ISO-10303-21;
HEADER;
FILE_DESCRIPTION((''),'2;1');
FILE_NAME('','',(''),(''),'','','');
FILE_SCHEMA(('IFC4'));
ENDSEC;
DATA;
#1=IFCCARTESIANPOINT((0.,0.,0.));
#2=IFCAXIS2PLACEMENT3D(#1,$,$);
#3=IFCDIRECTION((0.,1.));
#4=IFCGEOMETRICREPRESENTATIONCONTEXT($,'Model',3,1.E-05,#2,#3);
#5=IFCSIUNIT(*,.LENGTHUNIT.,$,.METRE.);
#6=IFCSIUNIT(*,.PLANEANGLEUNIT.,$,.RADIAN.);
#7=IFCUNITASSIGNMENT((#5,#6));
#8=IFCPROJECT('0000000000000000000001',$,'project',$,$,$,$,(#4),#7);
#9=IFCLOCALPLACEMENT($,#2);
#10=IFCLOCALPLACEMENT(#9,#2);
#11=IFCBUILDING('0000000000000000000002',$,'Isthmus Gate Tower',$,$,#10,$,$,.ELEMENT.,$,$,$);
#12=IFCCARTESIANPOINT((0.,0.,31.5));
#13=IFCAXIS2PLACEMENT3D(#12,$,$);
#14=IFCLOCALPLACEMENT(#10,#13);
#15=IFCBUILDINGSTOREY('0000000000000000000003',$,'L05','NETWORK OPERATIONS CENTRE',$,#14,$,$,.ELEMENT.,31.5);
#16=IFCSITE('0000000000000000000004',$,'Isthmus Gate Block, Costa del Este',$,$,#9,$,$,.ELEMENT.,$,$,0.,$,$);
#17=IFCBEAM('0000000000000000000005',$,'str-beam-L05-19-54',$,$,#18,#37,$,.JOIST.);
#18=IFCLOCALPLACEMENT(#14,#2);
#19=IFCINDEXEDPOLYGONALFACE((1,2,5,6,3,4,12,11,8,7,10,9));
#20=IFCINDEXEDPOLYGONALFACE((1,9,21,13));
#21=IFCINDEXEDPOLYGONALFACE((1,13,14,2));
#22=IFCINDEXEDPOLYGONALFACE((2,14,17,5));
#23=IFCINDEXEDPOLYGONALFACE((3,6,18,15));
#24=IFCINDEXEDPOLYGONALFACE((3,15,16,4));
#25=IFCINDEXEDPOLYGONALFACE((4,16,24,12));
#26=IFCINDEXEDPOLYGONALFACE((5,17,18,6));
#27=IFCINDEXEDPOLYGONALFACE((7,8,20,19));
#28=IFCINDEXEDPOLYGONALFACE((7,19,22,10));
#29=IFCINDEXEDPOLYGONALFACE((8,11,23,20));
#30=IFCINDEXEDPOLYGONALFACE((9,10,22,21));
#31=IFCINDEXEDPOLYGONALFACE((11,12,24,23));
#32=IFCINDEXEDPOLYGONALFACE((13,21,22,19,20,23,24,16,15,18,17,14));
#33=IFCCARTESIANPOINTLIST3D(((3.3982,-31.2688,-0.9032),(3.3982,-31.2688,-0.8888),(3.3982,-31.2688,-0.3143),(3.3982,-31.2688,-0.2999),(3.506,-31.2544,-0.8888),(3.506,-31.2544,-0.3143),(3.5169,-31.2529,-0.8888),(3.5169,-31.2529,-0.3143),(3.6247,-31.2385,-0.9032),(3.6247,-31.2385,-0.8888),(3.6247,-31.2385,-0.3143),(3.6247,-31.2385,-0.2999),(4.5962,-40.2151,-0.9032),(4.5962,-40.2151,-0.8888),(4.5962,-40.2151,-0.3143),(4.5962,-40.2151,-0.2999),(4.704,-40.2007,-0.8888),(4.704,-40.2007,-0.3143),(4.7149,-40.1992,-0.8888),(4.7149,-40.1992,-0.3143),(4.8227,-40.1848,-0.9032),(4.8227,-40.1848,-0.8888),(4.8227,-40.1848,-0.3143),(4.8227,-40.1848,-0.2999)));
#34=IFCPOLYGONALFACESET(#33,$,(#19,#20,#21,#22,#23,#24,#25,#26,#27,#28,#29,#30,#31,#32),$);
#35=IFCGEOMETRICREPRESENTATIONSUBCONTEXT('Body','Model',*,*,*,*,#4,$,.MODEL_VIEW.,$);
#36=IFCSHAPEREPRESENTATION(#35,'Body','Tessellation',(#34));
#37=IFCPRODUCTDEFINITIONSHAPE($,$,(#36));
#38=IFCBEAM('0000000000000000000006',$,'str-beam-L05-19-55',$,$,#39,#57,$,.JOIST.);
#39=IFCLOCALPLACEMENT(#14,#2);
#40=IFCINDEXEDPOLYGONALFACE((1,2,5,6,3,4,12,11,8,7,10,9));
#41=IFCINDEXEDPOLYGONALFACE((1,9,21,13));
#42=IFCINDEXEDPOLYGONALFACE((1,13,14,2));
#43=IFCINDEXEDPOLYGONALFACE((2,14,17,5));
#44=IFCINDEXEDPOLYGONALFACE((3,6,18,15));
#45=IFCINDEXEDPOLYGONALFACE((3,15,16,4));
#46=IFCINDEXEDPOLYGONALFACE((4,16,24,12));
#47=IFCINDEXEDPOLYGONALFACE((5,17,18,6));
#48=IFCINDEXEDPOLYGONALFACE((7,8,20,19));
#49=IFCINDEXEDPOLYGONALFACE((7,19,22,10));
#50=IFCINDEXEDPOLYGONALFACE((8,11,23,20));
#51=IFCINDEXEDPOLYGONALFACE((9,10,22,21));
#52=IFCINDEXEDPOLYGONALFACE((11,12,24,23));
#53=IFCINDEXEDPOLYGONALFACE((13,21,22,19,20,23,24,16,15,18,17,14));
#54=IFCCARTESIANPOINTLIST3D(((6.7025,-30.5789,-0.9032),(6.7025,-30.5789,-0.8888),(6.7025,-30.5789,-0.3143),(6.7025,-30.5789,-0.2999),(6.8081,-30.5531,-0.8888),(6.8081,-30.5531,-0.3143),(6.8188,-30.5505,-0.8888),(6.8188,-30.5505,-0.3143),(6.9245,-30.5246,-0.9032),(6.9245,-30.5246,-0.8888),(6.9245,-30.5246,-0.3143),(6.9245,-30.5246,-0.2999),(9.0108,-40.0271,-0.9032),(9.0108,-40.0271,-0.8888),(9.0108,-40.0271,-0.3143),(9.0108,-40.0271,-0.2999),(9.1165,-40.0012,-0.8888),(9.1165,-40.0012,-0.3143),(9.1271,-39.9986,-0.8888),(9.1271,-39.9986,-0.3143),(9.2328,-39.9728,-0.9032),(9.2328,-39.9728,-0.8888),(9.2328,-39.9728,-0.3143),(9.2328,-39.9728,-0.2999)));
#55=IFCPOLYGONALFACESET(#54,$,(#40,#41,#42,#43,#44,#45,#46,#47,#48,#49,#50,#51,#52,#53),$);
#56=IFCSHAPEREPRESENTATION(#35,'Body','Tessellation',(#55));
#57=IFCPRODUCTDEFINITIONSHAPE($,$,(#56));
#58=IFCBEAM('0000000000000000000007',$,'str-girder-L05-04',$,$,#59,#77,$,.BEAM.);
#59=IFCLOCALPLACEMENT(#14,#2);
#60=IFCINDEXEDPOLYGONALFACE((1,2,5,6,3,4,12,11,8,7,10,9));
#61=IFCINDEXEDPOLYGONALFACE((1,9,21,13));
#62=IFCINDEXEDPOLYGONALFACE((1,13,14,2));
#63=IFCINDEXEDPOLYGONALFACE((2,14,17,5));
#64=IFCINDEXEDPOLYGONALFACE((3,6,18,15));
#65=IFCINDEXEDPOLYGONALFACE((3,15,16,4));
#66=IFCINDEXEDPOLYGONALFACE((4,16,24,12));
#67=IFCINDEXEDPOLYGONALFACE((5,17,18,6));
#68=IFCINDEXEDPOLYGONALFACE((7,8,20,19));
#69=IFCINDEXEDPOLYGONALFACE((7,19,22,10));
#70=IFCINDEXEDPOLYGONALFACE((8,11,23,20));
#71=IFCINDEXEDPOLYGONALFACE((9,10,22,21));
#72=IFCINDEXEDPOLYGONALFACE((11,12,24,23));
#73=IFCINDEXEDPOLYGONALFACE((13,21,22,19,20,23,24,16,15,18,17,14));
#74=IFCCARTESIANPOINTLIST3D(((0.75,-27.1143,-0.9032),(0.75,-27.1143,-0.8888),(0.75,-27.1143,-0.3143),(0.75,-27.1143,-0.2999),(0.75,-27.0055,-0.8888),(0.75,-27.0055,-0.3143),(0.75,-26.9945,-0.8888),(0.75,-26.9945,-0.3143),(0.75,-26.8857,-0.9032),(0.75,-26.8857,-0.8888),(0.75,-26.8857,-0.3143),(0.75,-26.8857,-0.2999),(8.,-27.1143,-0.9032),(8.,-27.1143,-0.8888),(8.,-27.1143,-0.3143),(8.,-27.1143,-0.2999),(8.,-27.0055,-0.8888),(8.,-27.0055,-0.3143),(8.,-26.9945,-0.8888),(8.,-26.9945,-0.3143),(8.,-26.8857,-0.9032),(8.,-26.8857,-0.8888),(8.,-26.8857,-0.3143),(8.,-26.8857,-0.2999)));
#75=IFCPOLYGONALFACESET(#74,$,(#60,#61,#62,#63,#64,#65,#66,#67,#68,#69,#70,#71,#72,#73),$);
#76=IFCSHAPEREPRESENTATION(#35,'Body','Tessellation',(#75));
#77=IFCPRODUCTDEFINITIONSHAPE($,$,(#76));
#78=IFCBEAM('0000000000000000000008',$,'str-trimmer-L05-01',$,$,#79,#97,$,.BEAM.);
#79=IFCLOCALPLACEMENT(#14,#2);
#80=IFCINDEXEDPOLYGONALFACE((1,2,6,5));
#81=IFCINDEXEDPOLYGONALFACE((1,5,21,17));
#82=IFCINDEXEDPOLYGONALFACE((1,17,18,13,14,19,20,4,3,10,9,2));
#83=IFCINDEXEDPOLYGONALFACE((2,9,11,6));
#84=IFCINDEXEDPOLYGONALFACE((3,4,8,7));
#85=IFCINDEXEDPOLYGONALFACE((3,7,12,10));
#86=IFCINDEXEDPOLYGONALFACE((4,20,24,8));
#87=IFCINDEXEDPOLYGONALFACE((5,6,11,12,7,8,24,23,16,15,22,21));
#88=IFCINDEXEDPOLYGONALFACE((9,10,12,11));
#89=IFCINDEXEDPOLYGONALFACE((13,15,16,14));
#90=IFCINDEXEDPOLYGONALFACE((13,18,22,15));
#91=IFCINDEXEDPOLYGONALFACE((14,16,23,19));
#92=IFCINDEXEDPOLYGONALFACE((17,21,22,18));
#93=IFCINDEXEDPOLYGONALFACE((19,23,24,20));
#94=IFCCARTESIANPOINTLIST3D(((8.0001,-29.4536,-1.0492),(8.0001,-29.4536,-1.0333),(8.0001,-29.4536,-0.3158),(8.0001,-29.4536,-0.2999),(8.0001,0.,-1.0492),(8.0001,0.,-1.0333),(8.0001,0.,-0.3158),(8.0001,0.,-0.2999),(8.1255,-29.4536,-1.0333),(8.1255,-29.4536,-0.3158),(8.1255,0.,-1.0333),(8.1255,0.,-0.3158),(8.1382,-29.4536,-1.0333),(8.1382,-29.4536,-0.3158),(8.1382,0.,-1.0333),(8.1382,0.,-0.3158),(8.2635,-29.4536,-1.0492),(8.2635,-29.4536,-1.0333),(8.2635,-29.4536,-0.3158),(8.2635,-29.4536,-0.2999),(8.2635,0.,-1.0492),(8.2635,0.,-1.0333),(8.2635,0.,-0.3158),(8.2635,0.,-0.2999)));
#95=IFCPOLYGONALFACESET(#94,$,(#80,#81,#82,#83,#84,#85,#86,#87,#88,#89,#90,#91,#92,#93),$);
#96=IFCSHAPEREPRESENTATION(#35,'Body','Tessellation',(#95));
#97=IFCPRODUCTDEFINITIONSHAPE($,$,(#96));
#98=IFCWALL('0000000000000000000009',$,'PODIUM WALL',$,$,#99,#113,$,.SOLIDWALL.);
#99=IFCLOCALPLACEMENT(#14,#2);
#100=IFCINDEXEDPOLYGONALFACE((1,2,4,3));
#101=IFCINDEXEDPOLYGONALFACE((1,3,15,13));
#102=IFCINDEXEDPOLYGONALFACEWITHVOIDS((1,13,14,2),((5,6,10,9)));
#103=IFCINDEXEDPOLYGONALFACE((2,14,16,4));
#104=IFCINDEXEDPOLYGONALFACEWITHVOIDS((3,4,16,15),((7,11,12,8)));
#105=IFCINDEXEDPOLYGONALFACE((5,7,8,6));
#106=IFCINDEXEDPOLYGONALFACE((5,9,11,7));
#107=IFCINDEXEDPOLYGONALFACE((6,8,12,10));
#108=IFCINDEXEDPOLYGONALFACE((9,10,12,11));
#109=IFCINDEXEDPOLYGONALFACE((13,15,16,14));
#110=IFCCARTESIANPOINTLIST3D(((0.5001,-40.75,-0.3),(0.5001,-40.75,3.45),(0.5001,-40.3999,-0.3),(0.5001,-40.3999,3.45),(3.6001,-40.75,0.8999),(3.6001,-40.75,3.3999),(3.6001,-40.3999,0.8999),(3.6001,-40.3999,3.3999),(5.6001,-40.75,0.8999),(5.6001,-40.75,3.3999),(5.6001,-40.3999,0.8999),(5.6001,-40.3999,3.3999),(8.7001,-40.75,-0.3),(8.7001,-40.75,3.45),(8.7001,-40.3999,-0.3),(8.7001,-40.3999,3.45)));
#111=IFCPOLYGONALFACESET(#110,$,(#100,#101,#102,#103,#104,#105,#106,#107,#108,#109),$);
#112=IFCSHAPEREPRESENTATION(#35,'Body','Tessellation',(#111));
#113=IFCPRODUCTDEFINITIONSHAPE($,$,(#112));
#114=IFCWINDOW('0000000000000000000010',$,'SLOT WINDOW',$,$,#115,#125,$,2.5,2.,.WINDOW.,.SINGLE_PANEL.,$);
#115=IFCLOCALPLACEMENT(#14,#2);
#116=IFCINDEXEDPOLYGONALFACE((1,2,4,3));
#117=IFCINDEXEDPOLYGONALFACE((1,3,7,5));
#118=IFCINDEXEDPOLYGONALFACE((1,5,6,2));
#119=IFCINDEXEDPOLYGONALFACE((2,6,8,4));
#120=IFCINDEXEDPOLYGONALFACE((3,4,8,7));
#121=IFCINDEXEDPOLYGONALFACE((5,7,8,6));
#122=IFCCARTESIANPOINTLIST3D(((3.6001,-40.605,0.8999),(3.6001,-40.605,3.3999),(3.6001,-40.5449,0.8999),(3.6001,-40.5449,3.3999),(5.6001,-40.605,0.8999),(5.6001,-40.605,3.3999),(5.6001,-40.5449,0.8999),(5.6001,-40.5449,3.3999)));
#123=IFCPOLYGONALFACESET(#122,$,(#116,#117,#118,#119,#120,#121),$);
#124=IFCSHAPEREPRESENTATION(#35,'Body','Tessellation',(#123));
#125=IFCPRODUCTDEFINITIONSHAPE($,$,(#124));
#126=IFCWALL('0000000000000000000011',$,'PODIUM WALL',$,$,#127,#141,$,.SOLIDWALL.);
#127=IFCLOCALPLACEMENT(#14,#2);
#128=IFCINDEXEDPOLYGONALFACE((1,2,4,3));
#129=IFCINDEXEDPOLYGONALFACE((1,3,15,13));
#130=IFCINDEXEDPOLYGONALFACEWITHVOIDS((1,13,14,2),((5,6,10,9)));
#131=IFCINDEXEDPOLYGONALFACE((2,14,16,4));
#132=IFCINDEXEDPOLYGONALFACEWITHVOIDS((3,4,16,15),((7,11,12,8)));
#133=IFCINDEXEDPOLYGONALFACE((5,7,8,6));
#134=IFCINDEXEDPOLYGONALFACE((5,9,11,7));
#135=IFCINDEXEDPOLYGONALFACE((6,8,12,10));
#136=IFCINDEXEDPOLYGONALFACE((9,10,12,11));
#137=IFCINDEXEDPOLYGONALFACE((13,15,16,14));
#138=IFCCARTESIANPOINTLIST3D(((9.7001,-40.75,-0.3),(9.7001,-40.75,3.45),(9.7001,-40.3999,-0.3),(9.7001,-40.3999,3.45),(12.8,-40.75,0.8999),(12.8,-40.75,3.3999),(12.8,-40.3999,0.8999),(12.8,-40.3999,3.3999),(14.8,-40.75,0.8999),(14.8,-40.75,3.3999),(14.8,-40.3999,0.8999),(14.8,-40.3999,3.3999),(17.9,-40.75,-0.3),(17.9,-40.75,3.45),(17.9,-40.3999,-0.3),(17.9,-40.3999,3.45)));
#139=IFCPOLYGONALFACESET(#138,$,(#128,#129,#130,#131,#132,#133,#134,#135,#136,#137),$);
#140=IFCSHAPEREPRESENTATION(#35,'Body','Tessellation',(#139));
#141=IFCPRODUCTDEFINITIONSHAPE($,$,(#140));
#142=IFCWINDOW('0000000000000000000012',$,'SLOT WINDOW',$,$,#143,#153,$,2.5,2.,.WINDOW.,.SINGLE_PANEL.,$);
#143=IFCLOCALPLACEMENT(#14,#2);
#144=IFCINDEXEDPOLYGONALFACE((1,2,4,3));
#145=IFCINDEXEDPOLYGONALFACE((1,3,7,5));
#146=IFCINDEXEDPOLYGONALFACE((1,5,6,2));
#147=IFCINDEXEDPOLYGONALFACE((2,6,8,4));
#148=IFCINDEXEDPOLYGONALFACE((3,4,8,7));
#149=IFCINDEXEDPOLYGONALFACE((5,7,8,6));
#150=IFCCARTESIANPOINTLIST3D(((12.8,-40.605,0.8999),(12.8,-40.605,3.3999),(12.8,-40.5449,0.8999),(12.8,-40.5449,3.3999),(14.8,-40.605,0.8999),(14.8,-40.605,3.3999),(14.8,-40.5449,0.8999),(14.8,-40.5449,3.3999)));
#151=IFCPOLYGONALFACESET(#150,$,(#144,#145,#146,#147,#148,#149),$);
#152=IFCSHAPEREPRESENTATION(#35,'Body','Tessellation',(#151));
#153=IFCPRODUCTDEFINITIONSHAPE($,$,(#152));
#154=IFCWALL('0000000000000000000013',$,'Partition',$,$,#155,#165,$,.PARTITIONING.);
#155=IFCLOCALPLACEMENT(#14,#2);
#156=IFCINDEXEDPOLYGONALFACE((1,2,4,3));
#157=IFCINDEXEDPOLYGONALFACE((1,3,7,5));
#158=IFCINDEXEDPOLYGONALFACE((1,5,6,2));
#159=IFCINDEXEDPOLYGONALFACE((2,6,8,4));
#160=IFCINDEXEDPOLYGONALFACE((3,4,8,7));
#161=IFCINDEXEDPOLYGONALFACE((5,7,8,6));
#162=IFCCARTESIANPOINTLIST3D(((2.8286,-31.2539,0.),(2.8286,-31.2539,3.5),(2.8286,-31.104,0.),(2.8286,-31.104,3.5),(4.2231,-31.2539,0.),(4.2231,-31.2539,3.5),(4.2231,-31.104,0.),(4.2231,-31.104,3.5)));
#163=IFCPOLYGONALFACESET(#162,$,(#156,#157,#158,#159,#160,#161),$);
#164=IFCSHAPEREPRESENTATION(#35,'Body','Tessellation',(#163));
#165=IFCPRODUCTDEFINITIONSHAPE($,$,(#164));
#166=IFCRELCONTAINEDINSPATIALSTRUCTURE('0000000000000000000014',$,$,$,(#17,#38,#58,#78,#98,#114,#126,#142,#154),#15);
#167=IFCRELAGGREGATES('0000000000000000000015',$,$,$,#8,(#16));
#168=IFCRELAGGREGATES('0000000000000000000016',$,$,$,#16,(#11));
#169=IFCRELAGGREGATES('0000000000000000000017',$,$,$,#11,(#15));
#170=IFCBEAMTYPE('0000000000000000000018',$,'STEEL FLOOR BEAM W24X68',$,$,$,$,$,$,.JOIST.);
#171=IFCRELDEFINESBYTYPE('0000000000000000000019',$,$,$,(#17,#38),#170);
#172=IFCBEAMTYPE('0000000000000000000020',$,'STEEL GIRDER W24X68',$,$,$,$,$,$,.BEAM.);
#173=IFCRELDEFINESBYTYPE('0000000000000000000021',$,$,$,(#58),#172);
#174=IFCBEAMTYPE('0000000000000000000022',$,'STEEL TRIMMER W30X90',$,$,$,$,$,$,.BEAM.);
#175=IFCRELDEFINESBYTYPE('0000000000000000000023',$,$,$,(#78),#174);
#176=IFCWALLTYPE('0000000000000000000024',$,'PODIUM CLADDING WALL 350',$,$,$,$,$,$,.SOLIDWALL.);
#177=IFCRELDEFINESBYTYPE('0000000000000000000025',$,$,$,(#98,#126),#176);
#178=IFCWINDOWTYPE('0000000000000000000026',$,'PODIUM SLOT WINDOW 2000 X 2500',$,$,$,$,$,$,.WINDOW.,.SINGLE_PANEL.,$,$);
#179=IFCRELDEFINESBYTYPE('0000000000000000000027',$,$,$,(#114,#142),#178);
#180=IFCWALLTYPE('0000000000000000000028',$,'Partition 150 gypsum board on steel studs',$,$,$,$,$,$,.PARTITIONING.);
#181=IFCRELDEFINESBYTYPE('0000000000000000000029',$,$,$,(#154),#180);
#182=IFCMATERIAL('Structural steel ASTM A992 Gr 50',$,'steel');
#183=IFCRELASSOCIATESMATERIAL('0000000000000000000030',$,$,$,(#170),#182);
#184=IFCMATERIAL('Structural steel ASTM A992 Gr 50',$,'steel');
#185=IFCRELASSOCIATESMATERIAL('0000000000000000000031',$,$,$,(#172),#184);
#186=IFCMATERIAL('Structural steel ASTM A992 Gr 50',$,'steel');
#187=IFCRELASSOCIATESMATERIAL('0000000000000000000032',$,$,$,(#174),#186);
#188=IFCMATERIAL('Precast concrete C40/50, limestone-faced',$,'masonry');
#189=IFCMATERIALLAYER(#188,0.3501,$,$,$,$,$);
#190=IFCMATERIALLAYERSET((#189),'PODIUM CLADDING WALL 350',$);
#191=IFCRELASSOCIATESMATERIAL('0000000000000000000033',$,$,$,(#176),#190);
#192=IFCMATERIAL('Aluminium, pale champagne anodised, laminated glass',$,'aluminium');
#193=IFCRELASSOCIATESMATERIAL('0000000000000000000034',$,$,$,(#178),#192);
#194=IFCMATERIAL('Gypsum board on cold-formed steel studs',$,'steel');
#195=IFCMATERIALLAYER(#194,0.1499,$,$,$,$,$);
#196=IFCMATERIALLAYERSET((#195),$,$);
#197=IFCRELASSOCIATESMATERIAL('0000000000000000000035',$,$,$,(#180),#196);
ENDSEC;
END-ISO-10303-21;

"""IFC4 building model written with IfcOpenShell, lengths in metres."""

from ifc_helpers import new_model, si_unit, direction, frame, frame_2d, origin, origin_2d, place, context, subcontext, project, spatial, rectangle, i_section, extrude, material, layer, layer_set, material_profile, profile_set, type_object, element, fill, save


model = new_model("IFC4")

# Units and contexts
model_context = context("Model", 3, precision=1e-05, world=origin(), true_north=direction((0.0, 1.0)))
body_context = subcontext(model_context, "Body", "Model", "MODEL_VIEW")
ifc_project = project(units=[si_unit("LENGTHUNIT", "METRE"), si_unit("PLANEANGLEUNIT", "RADIAN")], contexts=[model_context])

# Site, building, storey
site_placement = place(None, origin())
site = spatial("IfcSite", under=ifc_project, at=site_placement, Name="Isthmus Gate Block, Costa del Este", CompositionType="ELEMENT", RefElevation=0.0)
building_placement = place(site_placement, origin())
building = spatial("IfcBuilding", under=site, at=building_placement, Name="Isthmus Gate Tower", CompositionType="ELEMENT")
storey_placement = place(building_placement, frame((0.0, 0.0, 31.5)))
storey = spatial("IfcBuildingStorey", under=building, at=storey_placement, Name="L05", Description="NETWORK OPERATIONS CENTRE", CompositionType="ELEMENT", Elevation=31.5)

# Beams
ifc_material_1 = material(Name="Structural steel ASTM A992 Gr 50", Category="steel")
ifc_material_profile_1 = material_profile(ifc_material_1, i_section(OverallWidth=0.2285, OverallDepth=0.6033, WebThickness=0.011, FlangeThickness=0.0144, at=origin_2d()), Name="W24X68")
ifc_profile_set_1 = profile_set([ifc_material_profile_1], Name="Structural steel ASTM A992 Gr 50")
beam_type_1 = type_object("IfcBeamType", Name="STEEL FLOOR BEAM W24X68", PredefinedType="JOIST", material=ifc_profile_set_1)
beam_1_placement = place(storey_placement, frame((3.5115, -31.2537, -0.6016), z_axis=(0.132725, -0.991153, 0.0), x_axis=(0.991153, 0.132725, 0.0)))
element("IfcBeam", 1, at=beam_1_placement, inside=storey, type_object=beam_type_1, Name="str-beam-L05-19-54", PredefinedType="JOIST", context=body_context, shape_type="SweptSolid", body=[
    extrude(i_section(OverallWidth=0.2285, OverallDepth=0.6033, WebThickness=0.011, FlangeThickness=0.0144, at=origin_2d()), origin(), (0.0, 0.0, 1.0), 9.0261),
])
beam_2_placement = place(storey_placement, frame((6.8135, -30.5518, -0.6016), z_axis=(0.237335, -0.971428, 0.0), x_axis=(0.971428, 0.237335, 0.0)))
element("IfcBeam", 2, at=beam_2_placement, inside=storey, type_object=beam_type_1, Name="str-beam-L05-19-55", PredefinedType="JOIST", context=body_context, shape_type="SweptSolid", body=[
    extrude(i_section(OverallWidth=0.2285, OverallDepth=0.6033, WebThickness=0.011, FlangeThickness=0.0144, at=origin_2d()), origin(), (0.0, 0.0, 1.0), 9.7261),
])
ifc_material_2 = material(Name="Structural steel ASTM A992 Gr 50", Category="steel")
ifc_material_profile_2 = material_profile(ifc_material_2, i_section(OverallWidth=0.2285, OverallDepth=0.6033, WebThickness=0.011, FlangeThickness=0.0144, at=origin_2d()), Name="W24X68")
ifc_profile_set_2 = profile_set([ifc_material_profile_2], Name="Structural steel ASTM A992 Gr 50")
beam_type_2 = type_object("IfcBeamType", Name="STEEL GIRDER W24X68", PredefinedType="BEAM", material=ifc_profile_set_2)
beam_3_placement = place(storey_placement, frame((0.75, -27.0, -0.6016), z_axis=(1.0, 0.0, 0.0), x_axis=(0.0, 1.0, 0.0)))
element("IfcBeam", 3, at=beam_3_placement, inside=storey, type_object=beam_type_2, Name="str-girder-L05-04", PredefinedType="BEAM", context=body_context, shape_type="SweptSolid", body=[
    extrude(i_section(OverallWidth=0.2285, OverallDepth=0.6033, WebThickness=0.011, FlangeThickness=0.0144, at=origin_2d()), origin(), (0.0, 0.0, 1.0), 7.25),
])
ifc_material_3 = material(Name="Structural steel ASTM A992 Gr 50", Category="steel")
ifc_material_profile_3 = material_profile(ifc_material_3, i_section(OverallWidth=0.2634, OverallDepth=0.7493, WebThickness=0.0127, FlangeThickness=0.0159, at=origin_2d()), Name="W30X90")
ifc_profile_set_3 = profile_set([ifc_material_profile_3], Name="Structural steel ASTM A992 Gr 50")
beam_type_3 = type_object("IfcBeamType", Name="STEEL TRIMMER W30X90", PredefinedType="BEAM", material=ifc_profile_set_3)
beam_4_placement = place(storey_placement, frame((8.1318, -29.4536, -0.6746), z_axis=(0.0, 1.0, 0.0), x_axis=(-1.0, 0.0, 0.0)))
element("IfcBeam", 4, at=beam_4_placement, inside=storey, type_object=beam_type_3, Name="str-trimmer-L05-01", PredefinedType="BEAM", context=body_context, shape_type="SweptSolid", body=[
    extrude(i_section(OverallWidth=0.2634, OverallDepth=0.7493, WebThickness=0.0127, FlangeThickness=0.0159, at=origin_2d()), origin(), (0.0, 0.0, 1.0), 29.4536),
])

# Walls, openings, windows
ifc_material_4 = material(Name="Precast concrete C40/50, limestone-faced", Category="masonry")
ifc_layer_1 = layer(ifc_material_4, 0.3501)
ifc_layer_set_1 = layer_set([ifc_layer_1], Name="PODIUM CLADDING WALL 350")
wall_type_1 = type_object("IfcWallType", Name="PODIUM CLADDING WALL 350", PredefinedType="SOLIDWALL", material=ifc_layer_set_1)
wall_1_placement = place(storey_placement, frame((0.5, -40.575, -0.3), z_axis=(0.0, 0.0, 1.0), x_axis=(1.0, 0.0, 0.0)))
wall_1 = element("IfcWall", 5, at=wall_1_placement, inside=storey, type_object=wall_type_1, Name="PODIUM WALL", PredefinedType="SOLIDWALL", context=body_context, shape_type="SweptSolid", body=[
    extrude(rectangle(XDim=8.2, YDim=0.3501, at=frame_2d((4.1001, 0.0))), origin(), (0.0, 0.0, 1.0), 3.75),
])
opening_1_placement = place(wall_1_placement, frame((3.1001, 0.0, 1.2)))
opening_1 = element("IfcOpeningElement", 6, at=opening_1_placement, cuts=wall_1, PredefinedType="OPENING", context=body_context, shape_type="SweptSolid", body=[
    extrude(rectangle(XDim=2.0, YDim=2.5, at=frame_2d((1.0, 1.25))), frame((0.0, 0.1851, 0.0), z_axis=(0.0, -1.0, 0.0), x_axis=(1.0, 0.0, 0.0)), (0.0, 0.0, 1.0), 0.3701),
])
ifc_material_5 = material(Name="Aluminium, pale champagne anodised, laminated glass", Category="aluminium")
window_type = type_object("IfcWindowType", Name="PODIUM SLOT WINDOW 2000 X 2500", PartitioningType="SINGLE_PANEL", PredefinedType="WINDOW", material=ifc_material_5)
window_1_placement = place(opening_1_placement, origin())
window_1 = element("IfcWindow", 7, at=window_1_placement, inside=storey, type_object=window_type, Name="SLOT WINDOW", OverallHeight=2.5, OverallWidth=2.0, PartitioningType="SINGLE_PANEL", PredefinedType="WINDOW", context=body_context, shape_type="SweptSolid", body=[
    extrude(rectangle(XDim=2.0, YDim=2.5, at=frame_2d((1.0, 1.25))), frame((0.0, 0.03, 0.0), z_axis=(0.0, -1.0, 0.0), x_axis=(1.0, 0.0, 0.0)), (0.0, 0.0, 1.0), 0.0601),
])
fill(opening_1, window_1)
wall_2_placement = place(storey_placement, frame((9.7, -40.575, -0.3), z_axis=(0.0, 0.0, 1.0), x_axis=(1.0, 0.0, 0.0)))
wall_2 = element("IfcWall", 8, at=wall_2_placement, inside=storey, type_object=wall_type_1, Name="PODIUM WALL", PredefinedType="SOLIDWALL", context=body_context, shape_type="SweptSolid", body=[
    extrude(rectangle(XDim=8.2, YDim=0.3501, at=frame_2d((4.1001, 0.0))), origin(), (0.0, 0.0, 1.0), 3.75),
])
opening_2_placement = place(wall_2_placement, frame((3.1001, 0.0, 1.2)))
opening_2 = element("IfcOpeningElement", 9, at=opening_2_placement, cuts=wall_2, PredefinedType="OPENING", context=body_context, shape_type="SweptSolid", body=[
    extrude(rectangle(XDim=2.0, YDim=2.5, at=frame_2d((1.0, 1.25))), frame((0.0, 0.1851, 0.0), z_axis=(0.0, -1.0, 0.0), x_axis=(1.0, 0.0, 0.0)), (0.0, 0.0, 1.0), 0.3701),
])
window_2_placement = place(opening_2_placement, origin())
window_2 = element("IfcWindow", 10, at=window_2_placement, inside=storey, type_object=window_type, Name="SLOT WINDOW", OverallHeight=2.5, OverallWidth=2.0, PartitioningType="SINGLE_PANEL", PredefinedType="WINDOW", context=body_context, shape_type="SweptSolid", body=[
    extrude(rectangle(XDim=2.0, YDim=2.5, at=frame_2d((1.0, 1.25))), frame((0.0, 0.03, 0.0), z_axis=(0.0, -1.0, 0.0), x_axis=(1.0, 0.0, 0.0)), (0.0, 0.0, 1.0), 0.0601),
])
fill(opening_2, window_2)

# Wall
ifc_material_6 = material(Name="Gypsum board on cold-formed steel studs", Category="steel")
ifc_layer_2 = layer(ifc_material_6, 0.1499)
ifc_layer_set_2 = layer_set([ifc_layer_2])
wall_type_2 = type_object("IfcWallType", Name="Partition 150 gypsum board on steel studs", PredefinedType="PARTITIONING", material=ifc_layer_set_2)
wall_3_placement = place(storey_placement, frame((2.8286, -31.179, 0.0), z_axis=(0.0, 0.0, 1.0), x_axis=(1.0, 0.0, 0.0)))
element("IfcWall", 11, at=wall_3_placement, inside=storey, type_object=wall_type_2, Name="Partition", PredefinedType="PARTITIONING", context=body_context, shape_type="SweptSolid", body=[
    extrude(rectangle(XDim=1.3945, YDim=0.1499, at=frame_2d((0.6973, 0.0))), origin(), (0.0, 0.0, 1.0), 3.5),
])

save(model, "model.ifc")
